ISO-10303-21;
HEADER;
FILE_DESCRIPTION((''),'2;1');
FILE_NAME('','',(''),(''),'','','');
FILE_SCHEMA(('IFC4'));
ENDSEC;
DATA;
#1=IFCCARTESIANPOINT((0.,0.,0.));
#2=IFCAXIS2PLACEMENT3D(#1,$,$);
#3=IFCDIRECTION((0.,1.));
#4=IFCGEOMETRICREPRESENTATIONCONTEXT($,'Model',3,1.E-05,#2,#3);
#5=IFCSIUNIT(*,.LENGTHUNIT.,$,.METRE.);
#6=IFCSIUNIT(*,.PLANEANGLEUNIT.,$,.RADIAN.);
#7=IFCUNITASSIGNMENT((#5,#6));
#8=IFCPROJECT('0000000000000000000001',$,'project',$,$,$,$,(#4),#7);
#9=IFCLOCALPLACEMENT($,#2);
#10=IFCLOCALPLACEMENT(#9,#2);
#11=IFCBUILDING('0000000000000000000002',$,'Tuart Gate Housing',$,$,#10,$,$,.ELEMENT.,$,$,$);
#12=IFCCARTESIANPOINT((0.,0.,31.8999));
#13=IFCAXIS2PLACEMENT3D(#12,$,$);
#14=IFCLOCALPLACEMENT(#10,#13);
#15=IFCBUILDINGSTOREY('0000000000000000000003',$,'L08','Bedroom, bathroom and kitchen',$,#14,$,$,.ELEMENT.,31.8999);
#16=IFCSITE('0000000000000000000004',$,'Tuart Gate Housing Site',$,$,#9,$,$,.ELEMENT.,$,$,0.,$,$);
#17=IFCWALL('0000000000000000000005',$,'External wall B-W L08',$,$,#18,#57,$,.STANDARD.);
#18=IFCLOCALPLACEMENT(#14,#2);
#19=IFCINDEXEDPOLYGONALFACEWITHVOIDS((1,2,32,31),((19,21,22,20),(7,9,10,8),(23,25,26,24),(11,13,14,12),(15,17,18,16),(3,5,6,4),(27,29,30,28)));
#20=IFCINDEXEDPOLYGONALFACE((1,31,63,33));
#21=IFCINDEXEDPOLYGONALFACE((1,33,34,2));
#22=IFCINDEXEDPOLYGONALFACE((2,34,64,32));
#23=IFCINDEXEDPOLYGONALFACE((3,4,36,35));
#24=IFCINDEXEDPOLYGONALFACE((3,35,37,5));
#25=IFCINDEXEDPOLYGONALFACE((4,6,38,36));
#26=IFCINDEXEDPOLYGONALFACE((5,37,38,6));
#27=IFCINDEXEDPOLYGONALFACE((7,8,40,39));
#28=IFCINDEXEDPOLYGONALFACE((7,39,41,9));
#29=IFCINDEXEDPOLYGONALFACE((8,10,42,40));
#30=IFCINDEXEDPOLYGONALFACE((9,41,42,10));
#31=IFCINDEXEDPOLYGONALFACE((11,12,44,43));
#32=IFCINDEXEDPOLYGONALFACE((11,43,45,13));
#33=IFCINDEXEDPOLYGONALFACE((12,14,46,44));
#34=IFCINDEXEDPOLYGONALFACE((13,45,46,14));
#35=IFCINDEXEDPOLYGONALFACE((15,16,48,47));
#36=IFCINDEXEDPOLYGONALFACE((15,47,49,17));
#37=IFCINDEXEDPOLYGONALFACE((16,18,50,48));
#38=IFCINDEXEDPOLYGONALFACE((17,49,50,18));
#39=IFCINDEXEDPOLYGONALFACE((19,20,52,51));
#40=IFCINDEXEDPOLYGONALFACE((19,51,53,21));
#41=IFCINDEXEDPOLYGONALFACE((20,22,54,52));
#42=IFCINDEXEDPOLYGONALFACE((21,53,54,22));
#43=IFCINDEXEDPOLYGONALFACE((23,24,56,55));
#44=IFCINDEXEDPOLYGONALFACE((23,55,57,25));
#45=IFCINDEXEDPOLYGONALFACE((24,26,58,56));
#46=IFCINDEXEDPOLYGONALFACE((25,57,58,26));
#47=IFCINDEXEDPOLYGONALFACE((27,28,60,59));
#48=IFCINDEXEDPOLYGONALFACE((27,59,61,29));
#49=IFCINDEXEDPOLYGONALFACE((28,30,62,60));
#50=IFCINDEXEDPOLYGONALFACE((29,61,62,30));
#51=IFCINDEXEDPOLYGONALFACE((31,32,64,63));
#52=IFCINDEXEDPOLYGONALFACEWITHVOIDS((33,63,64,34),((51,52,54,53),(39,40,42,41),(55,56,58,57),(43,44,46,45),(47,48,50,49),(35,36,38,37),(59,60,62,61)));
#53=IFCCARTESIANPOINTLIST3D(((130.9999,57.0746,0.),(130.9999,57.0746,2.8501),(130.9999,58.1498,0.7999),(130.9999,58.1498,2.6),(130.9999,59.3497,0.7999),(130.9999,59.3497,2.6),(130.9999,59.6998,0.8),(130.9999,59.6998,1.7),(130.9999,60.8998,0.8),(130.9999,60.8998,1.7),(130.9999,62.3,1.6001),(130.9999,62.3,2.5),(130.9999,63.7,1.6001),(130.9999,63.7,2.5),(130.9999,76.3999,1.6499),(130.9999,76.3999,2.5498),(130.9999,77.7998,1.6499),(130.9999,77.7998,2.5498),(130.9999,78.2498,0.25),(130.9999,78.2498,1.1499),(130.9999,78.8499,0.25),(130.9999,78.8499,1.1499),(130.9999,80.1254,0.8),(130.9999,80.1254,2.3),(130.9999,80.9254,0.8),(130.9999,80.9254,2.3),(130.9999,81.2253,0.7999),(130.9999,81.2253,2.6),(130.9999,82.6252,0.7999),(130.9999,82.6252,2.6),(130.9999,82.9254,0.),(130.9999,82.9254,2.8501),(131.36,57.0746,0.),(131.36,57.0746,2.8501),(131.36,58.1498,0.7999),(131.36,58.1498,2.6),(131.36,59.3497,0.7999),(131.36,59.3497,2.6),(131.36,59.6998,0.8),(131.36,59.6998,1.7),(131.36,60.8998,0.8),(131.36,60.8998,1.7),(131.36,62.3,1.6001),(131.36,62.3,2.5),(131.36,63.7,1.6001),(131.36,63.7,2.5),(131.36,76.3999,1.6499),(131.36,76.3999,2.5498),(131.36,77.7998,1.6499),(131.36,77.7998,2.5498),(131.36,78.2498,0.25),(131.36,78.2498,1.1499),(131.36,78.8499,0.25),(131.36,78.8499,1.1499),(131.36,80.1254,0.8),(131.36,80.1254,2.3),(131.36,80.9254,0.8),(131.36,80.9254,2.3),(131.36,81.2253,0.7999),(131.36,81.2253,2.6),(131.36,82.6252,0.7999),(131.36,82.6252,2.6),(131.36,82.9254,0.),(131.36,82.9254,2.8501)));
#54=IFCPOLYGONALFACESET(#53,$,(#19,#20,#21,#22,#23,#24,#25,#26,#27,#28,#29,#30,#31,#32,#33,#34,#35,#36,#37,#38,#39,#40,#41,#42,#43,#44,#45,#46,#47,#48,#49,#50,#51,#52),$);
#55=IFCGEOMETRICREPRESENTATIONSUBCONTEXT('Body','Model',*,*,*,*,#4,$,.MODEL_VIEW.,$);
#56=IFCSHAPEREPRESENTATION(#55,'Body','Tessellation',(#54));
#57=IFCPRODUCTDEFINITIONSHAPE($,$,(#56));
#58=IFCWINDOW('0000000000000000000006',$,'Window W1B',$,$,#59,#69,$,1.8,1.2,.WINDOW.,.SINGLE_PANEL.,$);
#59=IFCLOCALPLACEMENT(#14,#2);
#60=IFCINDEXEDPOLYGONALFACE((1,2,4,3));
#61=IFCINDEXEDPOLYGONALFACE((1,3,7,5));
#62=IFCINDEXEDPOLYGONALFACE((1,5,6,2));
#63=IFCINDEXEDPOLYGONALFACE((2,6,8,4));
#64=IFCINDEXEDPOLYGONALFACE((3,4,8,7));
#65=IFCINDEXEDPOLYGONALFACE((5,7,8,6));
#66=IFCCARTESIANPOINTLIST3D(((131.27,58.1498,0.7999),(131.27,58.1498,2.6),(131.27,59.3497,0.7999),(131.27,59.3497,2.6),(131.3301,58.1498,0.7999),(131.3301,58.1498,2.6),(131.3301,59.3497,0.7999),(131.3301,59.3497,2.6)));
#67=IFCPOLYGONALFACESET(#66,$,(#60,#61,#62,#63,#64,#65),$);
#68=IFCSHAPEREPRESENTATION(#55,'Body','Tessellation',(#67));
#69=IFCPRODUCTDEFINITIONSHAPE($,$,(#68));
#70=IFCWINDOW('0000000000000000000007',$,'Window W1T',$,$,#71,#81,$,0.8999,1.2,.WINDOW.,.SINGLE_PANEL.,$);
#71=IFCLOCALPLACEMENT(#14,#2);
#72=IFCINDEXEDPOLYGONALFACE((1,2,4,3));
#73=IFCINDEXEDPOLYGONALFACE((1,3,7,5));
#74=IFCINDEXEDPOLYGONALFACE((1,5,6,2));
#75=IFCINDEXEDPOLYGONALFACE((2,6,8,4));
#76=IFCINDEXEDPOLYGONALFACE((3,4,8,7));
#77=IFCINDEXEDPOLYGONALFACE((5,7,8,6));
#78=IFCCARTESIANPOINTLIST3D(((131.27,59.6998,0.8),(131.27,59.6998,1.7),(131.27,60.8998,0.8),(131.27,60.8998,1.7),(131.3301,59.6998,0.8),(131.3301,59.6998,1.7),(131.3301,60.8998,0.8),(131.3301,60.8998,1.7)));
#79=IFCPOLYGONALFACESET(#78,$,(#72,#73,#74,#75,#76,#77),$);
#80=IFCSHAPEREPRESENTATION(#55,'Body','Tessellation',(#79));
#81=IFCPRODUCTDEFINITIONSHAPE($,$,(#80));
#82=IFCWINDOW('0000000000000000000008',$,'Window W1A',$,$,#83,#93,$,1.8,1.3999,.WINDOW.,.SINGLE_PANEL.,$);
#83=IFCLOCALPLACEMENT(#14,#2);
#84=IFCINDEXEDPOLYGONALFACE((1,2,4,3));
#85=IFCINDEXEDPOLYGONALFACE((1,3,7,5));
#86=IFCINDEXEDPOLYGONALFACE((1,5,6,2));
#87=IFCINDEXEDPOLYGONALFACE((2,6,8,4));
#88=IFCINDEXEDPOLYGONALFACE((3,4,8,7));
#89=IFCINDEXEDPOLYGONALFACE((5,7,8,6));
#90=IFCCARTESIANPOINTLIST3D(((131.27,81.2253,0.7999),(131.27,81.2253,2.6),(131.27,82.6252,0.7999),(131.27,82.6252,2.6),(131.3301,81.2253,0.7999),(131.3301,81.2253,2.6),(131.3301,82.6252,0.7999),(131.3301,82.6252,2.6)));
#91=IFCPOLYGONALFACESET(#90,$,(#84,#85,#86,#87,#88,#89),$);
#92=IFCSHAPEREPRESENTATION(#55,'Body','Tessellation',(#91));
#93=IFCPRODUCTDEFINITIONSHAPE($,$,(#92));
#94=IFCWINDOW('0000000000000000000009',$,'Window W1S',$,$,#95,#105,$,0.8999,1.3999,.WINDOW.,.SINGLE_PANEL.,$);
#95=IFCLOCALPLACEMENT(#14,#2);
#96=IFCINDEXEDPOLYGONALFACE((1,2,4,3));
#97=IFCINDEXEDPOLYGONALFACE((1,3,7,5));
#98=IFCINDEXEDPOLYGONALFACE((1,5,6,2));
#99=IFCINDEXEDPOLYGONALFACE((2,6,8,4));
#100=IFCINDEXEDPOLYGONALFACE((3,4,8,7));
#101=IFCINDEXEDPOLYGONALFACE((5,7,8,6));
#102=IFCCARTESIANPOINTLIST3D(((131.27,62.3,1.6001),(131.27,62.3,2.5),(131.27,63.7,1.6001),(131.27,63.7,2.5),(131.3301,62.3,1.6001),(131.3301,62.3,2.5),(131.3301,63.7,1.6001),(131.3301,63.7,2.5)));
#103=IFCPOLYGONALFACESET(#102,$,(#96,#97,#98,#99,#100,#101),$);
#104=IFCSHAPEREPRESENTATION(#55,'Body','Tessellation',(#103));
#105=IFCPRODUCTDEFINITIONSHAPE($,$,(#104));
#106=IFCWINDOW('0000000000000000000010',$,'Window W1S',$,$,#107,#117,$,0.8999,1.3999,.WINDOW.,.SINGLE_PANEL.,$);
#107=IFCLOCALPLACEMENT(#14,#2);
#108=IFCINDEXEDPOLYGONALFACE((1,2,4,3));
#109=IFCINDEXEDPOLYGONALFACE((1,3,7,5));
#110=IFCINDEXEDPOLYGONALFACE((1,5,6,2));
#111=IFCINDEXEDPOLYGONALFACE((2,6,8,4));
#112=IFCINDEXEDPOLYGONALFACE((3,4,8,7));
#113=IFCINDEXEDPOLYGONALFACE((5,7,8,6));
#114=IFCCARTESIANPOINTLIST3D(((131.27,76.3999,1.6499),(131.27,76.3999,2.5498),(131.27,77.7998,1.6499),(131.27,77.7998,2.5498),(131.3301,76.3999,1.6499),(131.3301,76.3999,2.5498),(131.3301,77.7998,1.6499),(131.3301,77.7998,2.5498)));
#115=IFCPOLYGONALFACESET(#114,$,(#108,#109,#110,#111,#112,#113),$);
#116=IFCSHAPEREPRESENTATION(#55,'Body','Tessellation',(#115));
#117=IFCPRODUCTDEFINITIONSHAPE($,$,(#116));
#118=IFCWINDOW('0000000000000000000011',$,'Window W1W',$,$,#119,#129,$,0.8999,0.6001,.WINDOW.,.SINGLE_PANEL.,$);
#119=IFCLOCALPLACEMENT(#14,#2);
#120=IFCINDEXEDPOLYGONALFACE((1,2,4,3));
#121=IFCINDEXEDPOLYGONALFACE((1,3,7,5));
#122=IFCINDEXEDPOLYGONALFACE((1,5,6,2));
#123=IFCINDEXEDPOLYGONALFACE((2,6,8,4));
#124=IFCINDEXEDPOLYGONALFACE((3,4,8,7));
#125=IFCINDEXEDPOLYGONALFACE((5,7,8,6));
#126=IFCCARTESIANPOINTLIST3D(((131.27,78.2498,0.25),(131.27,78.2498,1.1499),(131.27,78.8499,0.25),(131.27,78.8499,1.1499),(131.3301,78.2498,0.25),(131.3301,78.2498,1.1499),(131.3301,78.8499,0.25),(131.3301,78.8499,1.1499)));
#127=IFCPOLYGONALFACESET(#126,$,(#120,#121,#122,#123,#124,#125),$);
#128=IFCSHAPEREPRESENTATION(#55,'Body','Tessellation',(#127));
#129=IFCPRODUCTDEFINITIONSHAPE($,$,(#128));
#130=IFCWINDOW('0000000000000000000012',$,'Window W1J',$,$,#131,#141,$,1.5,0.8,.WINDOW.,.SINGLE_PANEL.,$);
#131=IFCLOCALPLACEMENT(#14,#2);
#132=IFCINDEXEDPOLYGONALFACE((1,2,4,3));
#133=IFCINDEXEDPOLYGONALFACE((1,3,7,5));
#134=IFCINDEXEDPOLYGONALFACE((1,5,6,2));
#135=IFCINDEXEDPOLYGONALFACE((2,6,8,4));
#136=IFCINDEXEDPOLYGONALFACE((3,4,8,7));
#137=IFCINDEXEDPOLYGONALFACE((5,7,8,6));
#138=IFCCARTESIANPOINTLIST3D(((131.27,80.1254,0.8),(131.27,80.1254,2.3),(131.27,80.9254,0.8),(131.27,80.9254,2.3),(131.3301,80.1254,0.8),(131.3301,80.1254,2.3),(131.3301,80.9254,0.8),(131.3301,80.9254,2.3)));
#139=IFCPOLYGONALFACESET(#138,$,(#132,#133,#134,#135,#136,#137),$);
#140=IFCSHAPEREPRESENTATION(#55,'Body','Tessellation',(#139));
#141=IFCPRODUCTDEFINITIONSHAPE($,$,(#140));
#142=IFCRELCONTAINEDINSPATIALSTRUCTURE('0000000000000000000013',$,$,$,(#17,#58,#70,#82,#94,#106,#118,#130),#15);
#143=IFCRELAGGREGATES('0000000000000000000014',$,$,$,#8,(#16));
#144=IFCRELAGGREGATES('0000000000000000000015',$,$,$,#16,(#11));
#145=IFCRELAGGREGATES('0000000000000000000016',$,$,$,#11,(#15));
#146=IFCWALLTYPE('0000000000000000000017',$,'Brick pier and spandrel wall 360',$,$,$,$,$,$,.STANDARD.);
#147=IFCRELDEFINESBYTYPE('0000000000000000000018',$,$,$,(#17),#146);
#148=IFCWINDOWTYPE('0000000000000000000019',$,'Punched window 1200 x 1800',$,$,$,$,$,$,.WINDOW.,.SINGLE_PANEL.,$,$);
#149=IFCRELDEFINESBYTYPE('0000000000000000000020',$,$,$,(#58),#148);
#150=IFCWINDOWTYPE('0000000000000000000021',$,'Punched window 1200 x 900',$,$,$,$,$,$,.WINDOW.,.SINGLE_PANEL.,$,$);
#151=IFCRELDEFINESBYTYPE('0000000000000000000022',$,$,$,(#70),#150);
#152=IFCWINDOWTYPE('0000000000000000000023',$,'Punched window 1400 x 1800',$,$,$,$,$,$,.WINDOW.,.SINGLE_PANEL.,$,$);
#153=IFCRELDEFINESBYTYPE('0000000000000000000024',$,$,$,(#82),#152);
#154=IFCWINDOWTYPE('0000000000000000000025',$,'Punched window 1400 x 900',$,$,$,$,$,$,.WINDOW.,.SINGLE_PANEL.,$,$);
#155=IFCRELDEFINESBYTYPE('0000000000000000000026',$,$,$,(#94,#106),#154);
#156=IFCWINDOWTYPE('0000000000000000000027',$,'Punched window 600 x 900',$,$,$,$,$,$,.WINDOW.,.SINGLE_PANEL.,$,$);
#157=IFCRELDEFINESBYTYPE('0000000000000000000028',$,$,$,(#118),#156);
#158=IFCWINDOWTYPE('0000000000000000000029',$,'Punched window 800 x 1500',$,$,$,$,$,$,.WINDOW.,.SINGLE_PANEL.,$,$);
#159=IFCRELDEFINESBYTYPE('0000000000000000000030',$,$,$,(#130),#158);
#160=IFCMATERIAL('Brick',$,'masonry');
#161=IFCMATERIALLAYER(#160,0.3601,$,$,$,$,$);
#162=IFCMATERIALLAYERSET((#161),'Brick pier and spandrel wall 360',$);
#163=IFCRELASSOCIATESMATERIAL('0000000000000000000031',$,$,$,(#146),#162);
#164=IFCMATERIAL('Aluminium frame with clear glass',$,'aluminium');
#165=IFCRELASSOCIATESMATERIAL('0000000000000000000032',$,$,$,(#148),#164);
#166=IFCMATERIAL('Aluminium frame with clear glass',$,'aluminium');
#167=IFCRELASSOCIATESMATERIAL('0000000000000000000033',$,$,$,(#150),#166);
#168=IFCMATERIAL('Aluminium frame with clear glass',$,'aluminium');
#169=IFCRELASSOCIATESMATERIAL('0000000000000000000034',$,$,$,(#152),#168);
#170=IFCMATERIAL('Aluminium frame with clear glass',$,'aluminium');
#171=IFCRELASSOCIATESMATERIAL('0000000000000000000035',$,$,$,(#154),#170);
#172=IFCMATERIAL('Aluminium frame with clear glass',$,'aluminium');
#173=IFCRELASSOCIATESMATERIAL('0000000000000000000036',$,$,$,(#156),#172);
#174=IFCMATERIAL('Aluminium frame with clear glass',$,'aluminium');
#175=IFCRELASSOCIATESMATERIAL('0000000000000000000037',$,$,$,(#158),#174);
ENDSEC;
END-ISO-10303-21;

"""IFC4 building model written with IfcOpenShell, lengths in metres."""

from ifc_helpers import new_model, si_unit, direction, frame, frame_2d, origin, place, context, subcontext, project, spatial, rectangle, extrude, material, layer, layer_set, type_object, element, fill, save


model = new_model("IFC4")

# Units and contexts
model_context = context("Model", 3, precision=1e-05, world=origin(), true_north=direction((0.0, 1.0)))
body_context = subcontext(model_context, "Body", "Model", "MODEL_VIEW")
ifc_project = project(units=[si_unit("LENGTHUNIT", "METRE"), si_unit("PLANEANGLEUNIT", "RADIAN")], contexts=[model_context])

# Site, building, storey
site_placement = place(None, origin())
site = spatial("IfcSite", under=ifc_project, at=site_placement, Name="Tuart Gate Housing Site", CompositionType="ELEMENT", RefElevation=0.0)
building_placement = place(site_placement, origin())
building = spatial("IfcBuilding", under=site, at=building_placement, Name="Tuart Gate Housing", CompositionType="ELEMENT")
storey_placement = place(building_placement, frame((0.0, 0.0, 31.8999)))
storey = spatial("IfcBuildingStorey", under=building, at=storey_placement, Name="L08", Description="Bedroom, bathroom and kitchen", CompositionType="ELEMENT", Elevation=31.8999)

# Wall, openings, windows
ifc_material_1 = material(Name="Brick", Category="masonry")
ifc_layer_1 = layer(ifc_material_1, 0.3601)
ifc_layer_set_1 = layer_set([ifc_layer_1], Name="Brick pier and spandrel wall 360")
wall_type_1 = type_object("IfcWallType", Name="Brick pier and spandrel wall 360", PredefinedType="STANDARD", material=ifc_layer_set_1)
wall_1_placement = place(storey_placement, frame((131.1799, 82.9253, 0.0), z_axis=(0.0, 0.0, 1.0), x_axis=(0.0, -1.0, 0.0)))
wall_1 = element("IfcWall", 1, at=wall_1_placement, inside=storey, type_object=wall_type_1, Name="External wall B-W L08", PredefinedType="STANDARD", context=body_context, shape_type="SweptSolid", body=[
    extrude(rectangle(XDim=25.8508, YDim=0.3601, at=frame_2d((12.9253, 0.0))), origin(), (0.0, 0.0, 1.0), 2.8501),
])
opening_1_placement = place(wall_1_placement, frame((0.3, 0.0, 0.8)))
opening_1 = element("IfcOpeningElement", 2, at=opening_1_placement, cuts=wall_1, PredefinedType="OPENING", context=body_context, shape_type="SweptSolid", body=[
    extrude(rectangle(XDim=1.3999, YDim=1.8, at=frame_2d((0.7, 0.8999))), frame((0.0, 0.1899, 0.0), z_axis=(0.0, -1.0, 0.0), x_axis=(1.0, 0.0, 0.0)), (0.0, 0.0, 1.0), 0.3801),
])
opening_2_placement = place(wall_1_placement, frame((4.0754, 0.0, 0.25)))
opening_2 = element("IfcOpeningElement", 3, at=opening_2_placement, cuts=wall_1, PredefinedType="OPENING", context=body_context, shape_type="SweptSolid", body=[
    extrude(rectangle(XDim=0.6001, YDim=0.8999, at=frame_2d((0.3, 0.45))), frame((0.0, 0.1899, 0.0), z_axis=(0.0, -1.0, 0.0), x_axis=(1.0, 0.0, 0.0)), (0.0, 0.0, 1.0), 0.3801),
])
opening_3_placement = place(wall_1_placement, frame((19.2253, 0.0, 1.6001)))
opening_3 = element("IfcOpeningElement", 4, at=opening_3_placement, cuts=wall_1, PredefinedType="OPENING", context=body_context, shape_type="SweptSolid", body=[
    extrude(rectangle(XDim=1.3999, YDim=0.8999, at=frame_2d((0.7, 0.45))), frame((0.0, 0.1899, 0.0), z_axis=(0.0, -1.0, 0.0), x_axis=(1.0, 0.0, 0.0)), (0.0, 0.0, 1.0), 0.3801),
])
opening_4_placement = place(wall_1_placement, frame((22.0254, 0.0, 0.8)))
opening_4 = element("IfcOpeningElement", 5, at=opening_4_placement, cuts=wall_1, PredefinedType="OPENING", context=body_context, shape_type="SweptSolid", body=[
    extrude(rectangle(XDim=1.2, YDim=0.8999, at=frame_2d((0.6001, 0.45))), frame((0.0, 0.1899, 0.0), z_axis=(0.0, -1.0, 0.0), x_axis=(1.0, 0.0, 0.0)), (0.0, 0.0, 1.0), 0.3801),
])
opening_5_placement = place(wall_1_placement, frame((2.0, 0.0, 0.8)))
opening_5 = element("IfcOpeningElement", 6, at=opening_5_placement, cuts=wall_1, PredefinedType="OPENING", context=body_context, shape_type="SweptSolid", body=[
    extrude(rectangle(XDim=0.8, YDim=1.5, at=frame_2d((0.3999, 0.75))), frame((0.0, 0.1899, 0.0), z_axis=(0.0, -1.0, 0.0), x_axis=(1.0, 0.0, 0.0)), (0.0, 0.0, 1.0), 0.3801),
])
opening_6_placement = place(wall_1_placement, frame((5.1255, 0.0, 1.6499)))
opening_6 = element("IfcOpeningElement", 7, at=opening_6_placement, cuts=wall_1, PredefinedType="OPENING", context=body_context, shape_type="SweptSolid", body=[
    extrude(rectangle(XDim=1.3999, YDim=0.8999, at=frame_2d((0.7, 0.45))), frame((0.0, 0.1899, 0.0), z_axis=(0.0, -1.0, 0.0), x_axis=(1.0, 0.0, 0.0)), (0.0, 0.0, 1.0), 0.3801),
])
opening_7_placement = place(wall_1_placement, frame((23.5754, 0.0, 0.8)))
opening_7 = element("IfcOpeningElement", 8, at=opening_7_placement, cuts=wall_1, PredefinedType="OPENING", context=body_context, shape_type="SweptSolid", body=[
    extrude(rectangle(XDim=1.2, YDim=1.8, at=frame_2d((0.6001, 0.8999))), frame((0.0, 0.1899, 0.0), z_axis=(0.0, -1.0, 0.0), x_axis=(1.0, 0.0, 0.0)), (0.0, 0.0, 1.0), 0.3801),
])
ifc_material_2 = material(Name="Aluminium frame with clear glass", Category="aluminium")
window_type_1 = type_object("IfcWindowType", Name="Punched window 1200 x 1800", PartitioningType="SINGLE_PANEL", PredefinedType="WINDOW", material=ifc_material_2)
window_1_placement = place(opening_7_placement, origin())
window_1 = element("IfcWindow", 9, at=window_1_placement, inside=storey, type_object=window_type_1, Name="Window W1B", OverallHeight=1.8, OverallWidth=1.2, PartitioningType="SINGLE_PANEL", PredefinedType="WINDOW", context=body_context, shape_type="SweptSolid", body=[
    extrude(rectangle(XDim=1.2, YDim=1.8, at=frame_2d((0.6001, 0.8999))), frame((0.0, 0.1501, 0.0), z_axis=(0.0, -1.0, 0.0), x_axis=(1.0, 0.0, 0.0)), (0.0, 0.0, 1.0), 0.0601),
])
fill(opening_7, window_1)
ifc_material_3 = material(Name="Aluminium frame with clear glass", Category="aluminium")
window_type_2 = type_object("IfcWindowType", Name="Punched window 1200 x 900", PartitioningType="SINGLE_PANEL", PredefinedType="WINDOW", material=ifc_material_3)
window_2_placement = place(opening_4_placement, origin())
window_2 = element("IfcWindow", 10, at=window_2_placement, inside=storey, type_object=window_type_2, Name="Window W1T", OverallHeight=0.8999, OverallWidth=1.2, PartitioningType="SINGLE_PANEL", PredefinedType="WINDOW", context=body_context, shape_type="SweptSolid", body=[
    extrude(rectangle(XDim=1.2, YDim=0.8999, at=frame_2d((0.6001, 0.45))), frame((0.0, 0.1501, 0.0), z_axis=(0.0, -1.0, 0.0), x_axis=(1.0, 0.0, 0.0)), (0.0, 0.0, 1.0), 0.0601),
])
fill(opening_4, window_2)
ifc_material_4 = material(Name="Aluminium frame with clear glass", Category="aluminium")
window_type_3 = type_object("IfcWindowType", Name="Punched window 1400 x 1800", PartitioningType="SINGLE_PANEL", PredefinedType="WINDOW", material=ifc_material_4)
window_3_placement = place(opening_1_placement, origin())
window_3 = element("IfcWindow", 11, at=window_3_placement, inside=storey, type_object=window_type_3, Name="Window W1A", OverallHeight=1.8, OverallWidth=1.3999, PartitioningType="SINGLE_PANEL", PredefinedType="WINDOW", context=body_context, shape_type="SweptSolid", body=[
    extrude(rectangle(XDim=1.3999, YDim=1.8, at=frame_2d((0.7, 0.8999))), frame((0.0, 0.1501, 0.0), z_axis=(0.0, -1.0, 0.0), x_axis=(1.0, 0.0, 0.0)), (0.0, 0.0, 1.0), 0.0601),
])
fill(opening_1, window_3)
ifc_material_5 = material(Name="Aluminium frame with clear glass", Category="aluminium")
window_type_4 = type_object("IfcWindowType", Name="Punched window 1400 x 900", PartitioningType="SINGLE_PANEL", PredefinedType="WINDOW", material=ifc_material_5)
window_4_placement = place(opening_3_placement, origin())
window_4 = element("IfcWindow", 12, at=window_4_placement, inside=storey, type_object=window_type_4, Name="Window W1S", OverallHeight=0.8999, OverallWidth=1.3999, PartitioningType="SINGLE_PANEL", PredefinedType="WINDOW", context=body_context, shape_type="SweptSolid", body=[
    extrude(rectangle(XDim=1.3999, YDim=0.8999, at=frame_2d((0.7, 0.45))), frame((0.0, 0.1501, 0.0), z_axis=(0.0, -1.0, 0.0), x_axis=(1.0, 0.0, 0.0)), (0.0, 0.0, 1.0), 0.0601),
])
fill(opening_3, window_4)
window_5_placement = place(opening_6_placement, origin())
window_5 = element("IfcWindow", 13, at=window_5_placement, inside=storey, type_object=window_type_4, Name="Window W1S", OverallHeight=0.8999, OverallWidth=1.3999, PartitioningType="SINGLE_PANEL", PredefinedType="WINDOW", context=body_context, shape_type="SweptSolid", body=[
    extrude(rectangle(XDim=1.3999, YDim=0.8999, at=frame_2d((0.7, 0.45))), frame((0.0, 0.1501, 0.0), z_axis=(0.0, -1.0, 0.0), x_axis=(1.0, 0.0, 0.0)), (0.0, 0.0, 1.0), 0.0601),
])
fill(opening_6, window_5)
ifc_material_6 = material(Name="Aluminium frame with clear glass", Category="aluminium")
window_type_5 = type_object("IfcWindowType", Name="Punched window 600 x 900", PartitioningType="SINGLE_PANEL", PredefinedType="WINDOW", material=ifc_material_6)
window_6_placement = place(opening_2_placement, origin())
window_6 = element("IfcWindow", 14, at=window_6_placement, inside=storey, type_object=window_type_5, Name="Window W1W", OverallHeight=0.8999, OverallWidth=0.6001, PartitioningType="SINGLE_PANEL", PredefinedType="WINDOW", context=body_context, shape_type="SweptSolid", body=[
    extrude(rectangle(XDim=0.6001, YDim=0.8999, at=frame_2d((0.3, 0.45))), frame((0.0, 0.1501, 0.0), z_axis=(0.0, -1.0, 0.0), x_axis=(1.0, 0.0, 0.0)), (0.0, 0.0, 1.0), 0.0601),
])
fill(opening_2, window_6)
ifc_material_7 = material(Name="Aluminium frame with clear glass", Category="aluminium")
window_type_6 = type_object("IfcWindowType", Name="Punched window 800 x 1500", PartitioningType="SINGLE_PANEL", PredefinedType="WINDOW", material=ifc_material_7)
window_7_placement = place(opening_5_placement, origin())
window_7 = element("IfcWindow", 15, at=window_7_placement, inside=storey, type_object=window_type_6, Name="Window W1J", OverallHeight=1.5, OverallWidth=0.8, PartitioningType="SINGLE_PANEL", PredefinedType="WINDOW", context=body_context, shape_type="SweptSolid", body=[
    extrude(rectangle(XDim=0.8, YDim=1.5, at=frame_2d((0.3999, 0.75))), frame((0.0, 0.1501, 0.0), z_axis=(0.0, -1.0, 0.0), x_axis=(1.0, 0.0, 0.0)), (0.0, 0.0, 1.0), 0.0601),
])
fill(opening_5, window_7)

save(model, "model.ifc")
